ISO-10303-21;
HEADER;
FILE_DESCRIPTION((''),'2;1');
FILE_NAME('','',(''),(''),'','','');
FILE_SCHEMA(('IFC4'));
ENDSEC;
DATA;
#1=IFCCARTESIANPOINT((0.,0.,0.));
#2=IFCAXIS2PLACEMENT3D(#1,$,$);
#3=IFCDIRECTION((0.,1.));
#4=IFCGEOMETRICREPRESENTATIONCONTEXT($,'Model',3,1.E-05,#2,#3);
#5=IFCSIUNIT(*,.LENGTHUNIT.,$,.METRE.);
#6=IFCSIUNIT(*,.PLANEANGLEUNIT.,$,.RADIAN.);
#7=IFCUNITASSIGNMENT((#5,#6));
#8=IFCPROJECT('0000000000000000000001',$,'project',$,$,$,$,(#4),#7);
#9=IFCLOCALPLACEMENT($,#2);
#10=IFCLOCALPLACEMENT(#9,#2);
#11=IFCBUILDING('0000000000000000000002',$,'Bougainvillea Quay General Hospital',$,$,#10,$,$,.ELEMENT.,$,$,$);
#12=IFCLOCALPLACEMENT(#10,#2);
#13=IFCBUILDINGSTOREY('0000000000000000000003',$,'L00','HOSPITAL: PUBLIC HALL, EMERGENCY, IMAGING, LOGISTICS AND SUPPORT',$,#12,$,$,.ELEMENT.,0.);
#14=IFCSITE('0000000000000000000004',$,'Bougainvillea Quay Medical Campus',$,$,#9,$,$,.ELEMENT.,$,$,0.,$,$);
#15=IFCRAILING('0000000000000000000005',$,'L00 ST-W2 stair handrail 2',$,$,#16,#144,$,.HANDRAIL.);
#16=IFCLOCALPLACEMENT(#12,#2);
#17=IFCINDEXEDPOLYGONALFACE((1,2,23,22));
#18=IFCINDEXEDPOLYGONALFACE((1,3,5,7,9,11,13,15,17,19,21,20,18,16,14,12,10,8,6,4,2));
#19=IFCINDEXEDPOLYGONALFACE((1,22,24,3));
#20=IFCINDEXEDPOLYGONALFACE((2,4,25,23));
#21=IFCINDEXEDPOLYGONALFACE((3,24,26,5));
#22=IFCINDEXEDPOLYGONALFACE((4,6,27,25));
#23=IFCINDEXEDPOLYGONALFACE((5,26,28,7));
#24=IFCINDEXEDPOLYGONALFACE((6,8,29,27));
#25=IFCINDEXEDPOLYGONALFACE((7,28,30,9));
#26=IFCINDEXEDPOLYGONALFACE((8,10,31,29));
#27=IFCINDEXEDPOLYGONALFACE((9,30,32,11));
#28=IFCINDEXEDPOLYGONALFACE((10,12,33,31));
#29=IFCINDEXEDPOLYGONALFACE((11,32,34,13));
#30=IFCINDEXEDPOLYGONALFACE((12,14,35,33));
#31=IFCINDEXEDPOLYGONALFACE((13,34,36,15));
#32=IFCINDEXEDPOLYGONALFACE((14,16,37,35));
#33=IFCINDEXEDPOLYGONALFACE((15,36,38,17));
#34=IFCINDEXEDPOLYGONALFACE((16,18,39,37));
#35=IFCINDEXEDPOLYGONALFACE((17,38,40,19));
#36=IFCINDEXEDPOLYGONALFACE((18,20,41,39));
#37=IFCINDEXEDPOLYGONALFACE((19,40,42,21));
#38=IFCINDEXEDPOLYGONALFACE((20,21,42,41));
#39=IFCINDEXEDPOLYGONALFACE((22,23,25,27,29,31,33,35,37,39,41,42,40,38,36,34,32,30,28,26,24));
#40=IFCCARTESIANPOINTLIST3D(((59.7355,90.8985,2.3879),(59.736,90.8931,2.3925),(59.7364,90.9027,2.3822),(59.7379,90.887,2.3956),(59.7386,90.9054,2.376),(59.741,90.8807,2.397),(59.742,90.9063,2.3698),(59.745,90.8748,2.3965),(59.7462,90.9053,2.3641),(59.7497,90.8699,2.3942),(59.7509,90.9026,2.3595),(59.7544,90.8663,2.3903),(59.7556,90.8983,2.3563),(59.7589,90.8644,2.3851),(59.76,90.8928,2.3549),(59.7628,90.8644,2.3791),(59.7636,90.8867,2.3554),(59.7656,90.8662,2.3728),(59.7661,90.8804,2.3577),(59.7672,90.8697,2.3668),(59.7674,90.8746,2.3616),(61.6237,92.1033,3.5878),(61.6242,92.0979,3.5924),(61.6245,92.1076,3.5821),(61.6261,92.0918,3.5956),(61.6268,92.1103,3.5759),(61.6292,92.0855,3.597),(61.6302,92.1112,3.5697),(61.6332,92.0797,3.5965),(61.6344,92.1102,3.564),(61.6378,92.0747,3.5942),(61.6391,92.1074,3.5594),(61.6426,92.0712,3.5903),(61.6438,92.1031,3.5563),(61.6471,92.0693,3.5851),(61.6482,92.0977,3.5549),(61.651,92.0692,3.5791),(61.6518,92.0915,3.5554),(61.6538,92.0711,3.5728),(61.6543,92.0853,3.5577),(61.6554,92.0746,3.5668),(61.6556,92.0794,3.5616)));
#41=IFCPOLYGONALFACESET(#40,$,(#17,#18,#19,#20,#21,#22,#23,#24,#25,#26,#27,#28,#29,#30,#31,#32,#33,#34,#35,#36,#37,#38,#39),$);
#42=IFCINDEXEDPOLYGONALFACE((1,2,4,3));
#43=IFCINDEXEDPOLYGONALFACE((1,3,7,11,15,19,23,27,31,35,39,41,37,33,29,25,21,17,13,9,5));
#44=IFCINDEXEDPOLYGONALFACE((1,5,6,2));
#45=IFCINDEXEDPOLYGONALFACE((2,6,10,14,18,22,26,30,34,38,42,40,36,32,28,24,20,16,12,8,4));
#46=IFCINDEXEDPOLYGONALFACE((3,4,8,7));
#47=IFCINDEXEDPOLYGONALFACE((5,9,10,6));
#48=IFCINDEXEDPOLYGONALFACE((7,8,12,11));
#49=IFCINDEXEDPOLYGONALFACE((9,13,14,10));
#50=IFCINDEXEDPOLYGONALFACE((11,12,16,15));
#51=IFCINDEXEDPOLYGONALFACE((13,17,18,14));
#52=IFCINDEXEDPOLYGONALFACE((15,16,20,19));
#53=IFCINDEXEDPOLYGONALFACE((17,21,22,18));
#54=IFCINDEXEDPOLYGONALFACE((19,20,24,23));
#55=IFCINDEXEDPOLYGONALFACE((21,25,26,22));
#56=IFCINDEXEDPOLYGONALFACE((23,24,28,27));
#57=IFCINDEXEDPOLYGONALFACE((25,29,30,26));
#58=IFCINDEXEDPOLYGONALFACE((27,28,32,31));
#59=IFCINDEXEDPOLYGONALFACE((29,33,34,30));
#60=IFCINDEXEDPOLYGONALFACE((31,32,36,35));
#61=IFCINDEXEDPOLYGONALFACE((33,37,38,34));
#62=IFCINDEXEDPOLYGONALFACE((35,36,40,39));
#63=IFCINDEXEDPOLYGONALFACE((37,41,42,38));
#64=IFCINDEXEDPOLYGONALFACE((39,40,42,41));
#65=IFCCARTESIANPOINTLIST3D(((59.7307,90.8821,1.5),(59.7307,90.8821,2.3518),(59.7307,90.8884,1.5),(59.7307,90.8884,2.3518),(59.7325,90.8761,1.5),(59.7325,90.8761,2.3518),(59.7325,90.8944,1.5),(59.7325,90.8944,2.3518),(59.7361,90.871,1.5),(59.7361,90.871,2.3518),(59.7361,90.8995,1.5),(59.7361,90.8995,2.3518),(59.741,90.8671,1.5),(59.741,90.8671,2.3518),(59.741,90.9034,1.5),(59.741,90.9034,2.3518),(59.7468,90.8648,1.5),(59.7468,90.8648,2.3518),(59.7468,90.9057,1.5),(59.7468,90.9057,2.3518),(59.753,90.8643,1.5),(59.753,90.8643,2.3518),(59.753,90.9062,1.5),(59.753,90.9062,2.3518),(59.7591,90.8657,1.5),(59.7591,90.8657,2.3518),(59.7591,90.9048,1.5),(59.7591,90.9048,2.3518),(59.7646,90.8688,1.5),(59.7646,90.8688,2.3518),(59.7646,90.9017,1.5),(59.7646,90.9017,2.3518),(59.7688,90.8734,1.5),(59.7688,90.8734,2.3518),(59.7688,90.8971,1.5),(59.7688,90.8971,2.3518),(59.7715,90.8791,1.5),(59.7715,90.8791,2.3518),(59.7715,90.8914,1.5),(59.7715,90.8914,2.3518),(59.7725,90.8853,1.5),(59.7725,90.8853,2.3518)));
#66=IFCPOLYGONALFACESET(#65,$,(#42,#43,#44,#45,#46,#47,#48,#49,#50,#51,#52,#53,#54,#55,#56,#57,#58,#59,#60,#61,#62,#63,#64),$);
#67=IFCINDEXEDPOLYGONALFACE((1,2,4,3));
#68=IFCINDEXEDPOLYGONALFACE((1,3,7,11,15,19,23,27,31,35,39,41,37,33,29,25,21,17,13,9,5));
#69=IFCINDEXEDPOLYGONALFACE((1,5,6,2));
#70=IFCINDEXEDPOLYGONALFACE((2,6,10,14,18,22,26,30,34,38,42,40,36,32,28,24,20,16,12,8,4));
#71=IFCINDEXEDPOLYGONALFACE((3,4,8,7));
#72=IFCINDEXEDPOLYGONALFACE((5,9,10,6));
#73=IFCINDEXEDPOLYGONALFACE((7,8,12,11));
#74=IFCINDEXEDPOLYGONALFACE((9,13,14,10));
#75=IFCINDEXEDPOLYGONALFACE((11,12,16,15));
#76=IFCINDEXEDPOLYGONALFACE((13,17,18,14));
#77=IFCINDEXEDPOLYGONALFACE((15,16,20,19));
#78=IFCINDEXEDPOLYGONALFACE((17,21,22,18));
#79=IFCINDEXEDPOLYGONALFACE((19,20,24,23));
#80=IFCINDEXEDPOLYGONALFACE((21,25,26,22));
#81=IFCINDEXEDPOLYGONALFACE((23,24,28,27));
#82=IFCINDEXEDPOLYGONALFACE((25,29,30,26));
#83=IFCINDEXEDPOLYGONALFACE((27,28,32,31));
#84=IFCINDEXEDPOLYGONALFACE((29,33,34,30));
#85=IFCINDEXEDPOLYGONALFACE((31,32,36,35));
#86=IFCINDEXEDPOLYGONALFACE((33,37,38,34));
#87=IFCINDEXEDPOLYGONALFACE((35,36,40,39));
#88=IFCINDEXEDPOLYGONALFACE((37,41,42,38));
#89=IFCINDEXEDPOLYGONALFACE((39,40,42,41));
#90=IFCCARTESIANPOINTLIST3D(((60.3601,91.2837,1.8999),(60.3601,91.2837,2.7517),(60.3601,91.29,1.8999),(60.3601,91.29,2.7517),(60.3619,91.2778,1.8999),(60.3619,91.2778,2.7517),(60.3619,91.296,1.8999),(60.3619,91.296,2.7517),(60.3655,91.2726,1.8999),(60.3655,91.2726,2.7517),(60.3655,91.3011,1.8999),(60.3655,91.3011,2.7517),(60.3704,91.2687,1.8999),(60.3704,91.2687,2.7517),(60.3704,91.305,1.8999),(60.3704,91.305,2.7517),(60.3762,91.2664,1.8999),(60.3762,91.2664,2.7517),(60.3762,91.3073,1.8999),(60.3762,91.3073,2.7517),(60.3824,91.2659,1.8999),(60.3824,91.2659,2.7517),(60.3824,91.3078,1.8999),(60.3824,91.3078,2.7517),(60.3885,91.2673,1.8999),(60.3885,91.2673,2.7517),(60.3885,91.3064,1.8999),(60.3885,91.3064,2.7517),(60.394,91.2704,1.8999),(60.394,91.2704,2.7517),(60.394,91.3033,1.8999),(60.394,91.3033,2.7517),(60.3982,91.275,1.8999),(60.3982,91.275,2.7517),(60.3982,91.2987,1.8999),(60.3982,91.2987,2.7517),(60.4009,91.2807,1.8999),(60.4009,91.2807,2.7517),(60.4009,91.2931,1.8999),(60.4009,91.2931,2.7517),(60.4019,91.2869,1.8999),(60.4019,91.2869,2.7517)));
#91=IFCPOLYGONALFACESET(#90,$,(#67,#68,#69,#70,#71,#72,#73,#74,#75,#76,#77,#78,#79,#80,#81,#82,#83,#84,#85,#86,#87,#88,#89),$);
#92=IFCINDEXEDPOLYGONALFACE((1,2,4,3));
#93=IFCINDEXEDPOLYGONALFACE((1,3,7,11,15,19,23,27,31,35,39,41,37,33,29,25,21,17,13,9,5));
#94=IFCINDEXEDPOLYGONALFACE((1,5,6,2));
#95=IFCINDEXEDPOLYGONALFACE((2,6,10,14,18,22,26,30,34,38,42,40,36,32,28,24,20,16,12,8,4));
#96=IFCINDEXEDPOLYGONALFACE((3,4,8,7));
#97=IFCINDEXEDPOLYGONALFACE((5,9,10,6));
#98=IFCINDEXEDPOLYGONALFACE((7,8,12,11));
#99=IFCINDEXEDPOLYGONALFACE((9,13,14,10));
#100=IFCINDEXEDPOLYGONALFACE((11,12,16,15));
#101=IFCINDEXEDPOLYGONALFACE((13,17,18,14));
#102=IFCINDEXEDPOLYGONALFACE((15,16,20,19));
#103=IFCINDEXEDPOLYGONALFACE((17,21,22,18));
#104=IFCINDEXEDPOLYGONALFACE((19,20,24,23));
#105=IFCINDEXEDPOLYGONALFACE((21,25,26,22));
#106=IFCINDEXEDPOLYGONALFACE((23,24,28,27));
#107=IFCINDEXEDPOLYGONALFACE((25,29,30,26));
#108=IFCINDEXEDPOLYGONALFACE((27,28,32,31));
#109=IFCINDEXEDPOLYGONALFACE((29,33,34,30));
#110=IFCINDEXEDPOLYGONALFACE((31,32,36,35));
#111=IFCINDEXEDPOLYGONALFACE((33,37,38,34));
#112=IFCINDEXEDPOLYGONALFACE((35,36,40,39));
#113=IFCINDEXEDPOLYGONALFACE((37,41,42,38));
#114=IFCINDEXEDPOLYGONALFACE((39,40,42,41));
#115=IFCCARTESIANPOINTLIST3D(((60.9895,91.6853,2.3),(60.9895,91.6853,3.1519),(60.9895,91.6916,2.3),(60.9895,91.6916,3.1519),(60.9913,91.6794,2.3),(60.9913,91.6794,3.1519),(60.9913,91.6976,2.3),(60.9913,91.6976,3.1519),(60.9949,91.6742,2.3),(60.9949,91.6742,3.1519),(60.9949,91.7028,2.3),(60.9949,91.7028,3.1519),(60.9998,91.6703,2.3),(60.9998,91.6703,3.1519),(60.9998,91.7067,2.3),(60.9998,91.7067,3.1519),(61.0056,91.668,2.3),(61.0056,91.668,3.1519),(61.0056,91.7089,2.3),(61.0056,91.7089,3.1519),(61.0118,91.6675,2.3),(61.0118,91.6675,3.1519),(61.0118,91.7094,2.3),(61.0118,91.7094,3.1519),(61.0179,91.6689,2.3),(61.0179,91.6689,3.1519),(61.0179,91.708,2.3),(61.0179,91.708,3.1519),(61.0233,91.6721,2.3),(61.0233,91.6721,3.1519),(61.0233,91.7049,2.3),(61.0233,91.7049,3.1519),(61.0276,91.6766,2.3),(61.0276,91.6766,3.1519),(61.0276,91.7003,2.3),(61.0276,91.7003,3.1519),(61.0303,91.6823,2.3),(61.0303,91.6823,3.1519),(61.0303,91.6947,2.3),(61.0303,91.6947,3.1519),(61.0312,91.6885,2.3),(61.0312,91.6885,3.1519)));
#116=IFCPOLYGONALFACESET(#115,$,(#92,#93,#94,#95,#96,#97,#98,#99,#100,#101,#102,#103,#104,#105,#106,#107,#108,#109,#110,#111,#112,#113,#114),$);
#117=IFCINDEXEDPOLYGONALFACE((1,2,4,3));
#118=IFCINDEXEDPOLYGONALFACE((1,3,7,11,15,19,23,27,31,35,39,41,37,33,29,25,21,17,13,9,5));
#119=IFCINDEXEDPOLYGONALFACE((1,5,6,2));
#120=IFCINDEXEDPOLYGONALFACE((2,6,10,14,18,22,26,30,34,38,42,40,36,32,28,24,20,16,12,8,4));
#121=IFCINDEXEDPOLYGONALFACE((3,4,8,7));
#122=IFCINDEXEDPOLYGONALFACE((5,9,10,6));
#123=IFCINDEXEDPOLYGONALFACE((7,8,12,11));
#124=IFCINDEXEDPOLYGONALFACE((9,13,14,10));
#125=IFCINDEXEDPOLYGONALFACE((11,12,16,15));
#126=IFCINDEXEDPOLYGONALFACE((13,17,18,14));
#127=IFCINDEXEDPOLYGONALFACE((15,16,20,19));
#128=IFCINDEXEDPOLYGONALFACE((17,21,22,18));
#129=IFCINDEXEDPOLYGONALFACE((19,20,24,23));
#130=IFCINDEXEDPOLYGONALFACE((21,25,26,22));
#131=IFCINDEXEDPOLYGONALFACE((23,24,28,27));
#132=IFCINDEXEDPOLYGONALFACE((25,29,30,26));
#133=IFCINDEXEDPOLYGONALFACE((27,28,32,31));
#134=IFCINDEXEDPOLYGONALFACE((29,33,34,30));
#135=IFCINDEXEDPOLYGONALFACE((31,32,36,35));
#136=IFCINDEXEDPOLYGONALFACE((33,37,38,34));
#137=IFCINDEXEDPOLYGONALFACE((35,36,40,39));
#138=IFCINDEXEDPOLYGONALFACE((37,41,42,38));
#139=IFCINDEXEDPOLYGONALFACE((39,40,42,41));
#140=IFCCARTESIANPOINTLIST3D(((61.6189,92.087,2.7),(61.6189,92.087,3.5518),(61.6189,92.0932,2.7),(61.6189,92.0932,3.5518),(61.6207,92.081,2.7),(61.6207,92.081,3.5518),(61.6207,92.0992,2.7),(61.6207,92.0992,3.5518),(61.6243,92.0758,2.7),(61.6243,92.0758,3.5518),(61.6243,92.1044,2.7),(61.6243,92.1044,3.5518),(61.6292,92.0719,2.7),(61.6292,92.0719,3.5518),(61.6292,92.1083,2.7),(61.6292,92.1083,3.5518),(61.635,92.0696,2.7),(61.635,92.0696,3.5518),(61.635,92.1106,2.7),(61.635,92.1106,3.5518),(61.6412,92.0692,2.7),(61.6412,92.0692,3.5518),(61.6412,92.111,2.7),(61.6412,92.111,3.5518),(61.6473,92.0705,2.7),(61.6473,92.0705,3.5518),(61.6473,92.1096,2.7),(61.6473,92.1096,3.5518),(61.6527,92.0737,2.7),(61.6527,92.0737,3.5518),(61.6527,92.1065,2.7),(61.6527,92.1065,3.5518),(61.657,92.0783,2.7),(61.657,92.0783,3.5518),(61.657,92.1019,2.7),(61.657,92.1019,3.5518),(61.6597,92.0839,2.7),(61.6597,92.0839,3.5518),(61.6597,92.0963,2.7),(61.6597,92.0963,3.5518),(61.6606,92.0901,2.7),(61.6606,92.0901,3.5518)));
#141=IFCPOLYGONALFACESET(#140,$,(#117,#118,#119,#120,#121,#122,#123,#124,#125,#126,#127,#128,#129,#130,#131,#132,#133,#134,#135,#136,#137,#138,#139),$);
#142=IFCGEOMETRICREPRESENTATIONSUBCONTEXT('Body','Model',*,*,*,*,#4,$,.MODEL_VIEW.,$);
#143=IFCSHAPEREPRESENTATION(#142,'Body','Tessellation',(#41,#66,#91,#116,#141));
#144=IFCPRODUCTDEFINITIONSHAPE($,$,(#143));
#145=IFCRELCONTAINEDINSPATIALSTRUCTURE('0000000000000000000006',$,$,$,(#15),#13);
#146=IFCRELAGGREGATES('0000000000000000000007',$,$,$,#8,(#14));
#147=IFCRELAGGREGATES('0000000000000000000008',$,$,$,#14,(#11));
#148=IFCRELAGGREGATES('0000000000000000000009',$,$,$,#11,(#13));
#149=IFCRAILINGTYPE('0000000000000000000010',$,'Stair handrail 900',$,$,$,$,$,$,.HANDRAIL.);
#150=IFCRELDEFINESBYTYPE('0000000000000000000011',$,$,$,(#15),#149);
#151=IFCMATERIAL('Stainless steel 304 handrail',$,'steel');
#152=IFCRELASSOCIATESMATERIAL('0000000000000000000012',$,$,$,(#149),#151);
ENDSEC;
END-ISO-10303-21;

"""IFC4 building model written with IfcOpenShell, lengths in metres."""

from ifc_helpers import new_model, si_unit, direction, frame, origin, origin_2d, place, context, subcontext, project, spatial, circle, extrude, material, type_object, element, save


model = new_model("IFC4")

# Units and contexts
model_context = context("Model", 3, precision=1e-05, world=origin(), true_north=direction((0.0, 1.0)))
body_context = subcontext(model_context, "Body", "Model", "MODEL_VIEW")
ifc_project = project(units=[si_unit("LENGTHUNIT", "METRE"), si_unit("PLANEANGLEUNIT", "RADIAN")], contexts=[model_context])

# Site, building, storey
site_placement = place(None, origin())
site = spatial("IfcSite", under=ifc_project, at=site_placement, Name="Bougainvillea Quay Medical Campus", CompositionType="ELEMENT", RefElevation=0.0)
building_placement = place(site_placement, origin())
building = spatial("IfcBuilding", under=site, at=building_placement, Name="Bougainvillea Quay General Hospital", CompositionType="ELEMENT")
storey_placement = place(building_placement, origin())
storey = spatial("IfcBuildingStorey", under=building, at=storey_placement, Name="L00", Description="HOSPITAL: PUBLIC HALL, EMERGENCY, IMAGING, LOGISTICS AND SUPPORT", CompositionType="ELEMENT", Elevation=0.0)

# Railing
ifc_material_1 = material(Name="Stainless steel 304 handrail", Category="steel")
railing_type_1 = type_object("IfcRailingType", Name="Stair handrail 900", PredefinedType="HANDRAIL", material=ifc_material_1)
for number, where, name in (
    (1, (59.7515, 90.8853, 1.5), "L00 ST-W2 stair handrail 2"),
):
    element("IfcRailing", number, at=place(storey_placement, frame(where)), inside=storey, type_object=railing_type_1, Name=name, PredefinedType="HANDRAIL", context=body_context, shape_type="SweptSolid", body=[
        extrude(circle(Radius=0.0239, at=origin_2d()), frame((0.0, 0.0, 0.876), z_axis=(0.743083, 0.474155, 0.472233), x_axis=(-0.537912, 0.843001, 0.0)), (0.0, 0.0, 1.0), 2.541),
        extrude(circle(Radius=0.021, at=origin_2d()), origin(), (0.0, 0.0, 1.0), 0.8518),
        extrude(circle(Radius=0.021, at=origin_2d()), frame((0.6294, 0.4016, 0.3999)), (0.0, 0.0, 1.0), 0.8518),
        extrude(circle(Radius=0.021, at=origin_2d()), frame((1.2588, 0.8032, 0.8)), (0.0, 0.0, 1.0), 0.8518),
        extrude(circle(Radius=0.021, at=origin_2d()), frame((1.8882, 1.2048, 1.2)), (0.0, 0.0, 1.0), 0.8518),
    ])

save(model, "model.ifc")
